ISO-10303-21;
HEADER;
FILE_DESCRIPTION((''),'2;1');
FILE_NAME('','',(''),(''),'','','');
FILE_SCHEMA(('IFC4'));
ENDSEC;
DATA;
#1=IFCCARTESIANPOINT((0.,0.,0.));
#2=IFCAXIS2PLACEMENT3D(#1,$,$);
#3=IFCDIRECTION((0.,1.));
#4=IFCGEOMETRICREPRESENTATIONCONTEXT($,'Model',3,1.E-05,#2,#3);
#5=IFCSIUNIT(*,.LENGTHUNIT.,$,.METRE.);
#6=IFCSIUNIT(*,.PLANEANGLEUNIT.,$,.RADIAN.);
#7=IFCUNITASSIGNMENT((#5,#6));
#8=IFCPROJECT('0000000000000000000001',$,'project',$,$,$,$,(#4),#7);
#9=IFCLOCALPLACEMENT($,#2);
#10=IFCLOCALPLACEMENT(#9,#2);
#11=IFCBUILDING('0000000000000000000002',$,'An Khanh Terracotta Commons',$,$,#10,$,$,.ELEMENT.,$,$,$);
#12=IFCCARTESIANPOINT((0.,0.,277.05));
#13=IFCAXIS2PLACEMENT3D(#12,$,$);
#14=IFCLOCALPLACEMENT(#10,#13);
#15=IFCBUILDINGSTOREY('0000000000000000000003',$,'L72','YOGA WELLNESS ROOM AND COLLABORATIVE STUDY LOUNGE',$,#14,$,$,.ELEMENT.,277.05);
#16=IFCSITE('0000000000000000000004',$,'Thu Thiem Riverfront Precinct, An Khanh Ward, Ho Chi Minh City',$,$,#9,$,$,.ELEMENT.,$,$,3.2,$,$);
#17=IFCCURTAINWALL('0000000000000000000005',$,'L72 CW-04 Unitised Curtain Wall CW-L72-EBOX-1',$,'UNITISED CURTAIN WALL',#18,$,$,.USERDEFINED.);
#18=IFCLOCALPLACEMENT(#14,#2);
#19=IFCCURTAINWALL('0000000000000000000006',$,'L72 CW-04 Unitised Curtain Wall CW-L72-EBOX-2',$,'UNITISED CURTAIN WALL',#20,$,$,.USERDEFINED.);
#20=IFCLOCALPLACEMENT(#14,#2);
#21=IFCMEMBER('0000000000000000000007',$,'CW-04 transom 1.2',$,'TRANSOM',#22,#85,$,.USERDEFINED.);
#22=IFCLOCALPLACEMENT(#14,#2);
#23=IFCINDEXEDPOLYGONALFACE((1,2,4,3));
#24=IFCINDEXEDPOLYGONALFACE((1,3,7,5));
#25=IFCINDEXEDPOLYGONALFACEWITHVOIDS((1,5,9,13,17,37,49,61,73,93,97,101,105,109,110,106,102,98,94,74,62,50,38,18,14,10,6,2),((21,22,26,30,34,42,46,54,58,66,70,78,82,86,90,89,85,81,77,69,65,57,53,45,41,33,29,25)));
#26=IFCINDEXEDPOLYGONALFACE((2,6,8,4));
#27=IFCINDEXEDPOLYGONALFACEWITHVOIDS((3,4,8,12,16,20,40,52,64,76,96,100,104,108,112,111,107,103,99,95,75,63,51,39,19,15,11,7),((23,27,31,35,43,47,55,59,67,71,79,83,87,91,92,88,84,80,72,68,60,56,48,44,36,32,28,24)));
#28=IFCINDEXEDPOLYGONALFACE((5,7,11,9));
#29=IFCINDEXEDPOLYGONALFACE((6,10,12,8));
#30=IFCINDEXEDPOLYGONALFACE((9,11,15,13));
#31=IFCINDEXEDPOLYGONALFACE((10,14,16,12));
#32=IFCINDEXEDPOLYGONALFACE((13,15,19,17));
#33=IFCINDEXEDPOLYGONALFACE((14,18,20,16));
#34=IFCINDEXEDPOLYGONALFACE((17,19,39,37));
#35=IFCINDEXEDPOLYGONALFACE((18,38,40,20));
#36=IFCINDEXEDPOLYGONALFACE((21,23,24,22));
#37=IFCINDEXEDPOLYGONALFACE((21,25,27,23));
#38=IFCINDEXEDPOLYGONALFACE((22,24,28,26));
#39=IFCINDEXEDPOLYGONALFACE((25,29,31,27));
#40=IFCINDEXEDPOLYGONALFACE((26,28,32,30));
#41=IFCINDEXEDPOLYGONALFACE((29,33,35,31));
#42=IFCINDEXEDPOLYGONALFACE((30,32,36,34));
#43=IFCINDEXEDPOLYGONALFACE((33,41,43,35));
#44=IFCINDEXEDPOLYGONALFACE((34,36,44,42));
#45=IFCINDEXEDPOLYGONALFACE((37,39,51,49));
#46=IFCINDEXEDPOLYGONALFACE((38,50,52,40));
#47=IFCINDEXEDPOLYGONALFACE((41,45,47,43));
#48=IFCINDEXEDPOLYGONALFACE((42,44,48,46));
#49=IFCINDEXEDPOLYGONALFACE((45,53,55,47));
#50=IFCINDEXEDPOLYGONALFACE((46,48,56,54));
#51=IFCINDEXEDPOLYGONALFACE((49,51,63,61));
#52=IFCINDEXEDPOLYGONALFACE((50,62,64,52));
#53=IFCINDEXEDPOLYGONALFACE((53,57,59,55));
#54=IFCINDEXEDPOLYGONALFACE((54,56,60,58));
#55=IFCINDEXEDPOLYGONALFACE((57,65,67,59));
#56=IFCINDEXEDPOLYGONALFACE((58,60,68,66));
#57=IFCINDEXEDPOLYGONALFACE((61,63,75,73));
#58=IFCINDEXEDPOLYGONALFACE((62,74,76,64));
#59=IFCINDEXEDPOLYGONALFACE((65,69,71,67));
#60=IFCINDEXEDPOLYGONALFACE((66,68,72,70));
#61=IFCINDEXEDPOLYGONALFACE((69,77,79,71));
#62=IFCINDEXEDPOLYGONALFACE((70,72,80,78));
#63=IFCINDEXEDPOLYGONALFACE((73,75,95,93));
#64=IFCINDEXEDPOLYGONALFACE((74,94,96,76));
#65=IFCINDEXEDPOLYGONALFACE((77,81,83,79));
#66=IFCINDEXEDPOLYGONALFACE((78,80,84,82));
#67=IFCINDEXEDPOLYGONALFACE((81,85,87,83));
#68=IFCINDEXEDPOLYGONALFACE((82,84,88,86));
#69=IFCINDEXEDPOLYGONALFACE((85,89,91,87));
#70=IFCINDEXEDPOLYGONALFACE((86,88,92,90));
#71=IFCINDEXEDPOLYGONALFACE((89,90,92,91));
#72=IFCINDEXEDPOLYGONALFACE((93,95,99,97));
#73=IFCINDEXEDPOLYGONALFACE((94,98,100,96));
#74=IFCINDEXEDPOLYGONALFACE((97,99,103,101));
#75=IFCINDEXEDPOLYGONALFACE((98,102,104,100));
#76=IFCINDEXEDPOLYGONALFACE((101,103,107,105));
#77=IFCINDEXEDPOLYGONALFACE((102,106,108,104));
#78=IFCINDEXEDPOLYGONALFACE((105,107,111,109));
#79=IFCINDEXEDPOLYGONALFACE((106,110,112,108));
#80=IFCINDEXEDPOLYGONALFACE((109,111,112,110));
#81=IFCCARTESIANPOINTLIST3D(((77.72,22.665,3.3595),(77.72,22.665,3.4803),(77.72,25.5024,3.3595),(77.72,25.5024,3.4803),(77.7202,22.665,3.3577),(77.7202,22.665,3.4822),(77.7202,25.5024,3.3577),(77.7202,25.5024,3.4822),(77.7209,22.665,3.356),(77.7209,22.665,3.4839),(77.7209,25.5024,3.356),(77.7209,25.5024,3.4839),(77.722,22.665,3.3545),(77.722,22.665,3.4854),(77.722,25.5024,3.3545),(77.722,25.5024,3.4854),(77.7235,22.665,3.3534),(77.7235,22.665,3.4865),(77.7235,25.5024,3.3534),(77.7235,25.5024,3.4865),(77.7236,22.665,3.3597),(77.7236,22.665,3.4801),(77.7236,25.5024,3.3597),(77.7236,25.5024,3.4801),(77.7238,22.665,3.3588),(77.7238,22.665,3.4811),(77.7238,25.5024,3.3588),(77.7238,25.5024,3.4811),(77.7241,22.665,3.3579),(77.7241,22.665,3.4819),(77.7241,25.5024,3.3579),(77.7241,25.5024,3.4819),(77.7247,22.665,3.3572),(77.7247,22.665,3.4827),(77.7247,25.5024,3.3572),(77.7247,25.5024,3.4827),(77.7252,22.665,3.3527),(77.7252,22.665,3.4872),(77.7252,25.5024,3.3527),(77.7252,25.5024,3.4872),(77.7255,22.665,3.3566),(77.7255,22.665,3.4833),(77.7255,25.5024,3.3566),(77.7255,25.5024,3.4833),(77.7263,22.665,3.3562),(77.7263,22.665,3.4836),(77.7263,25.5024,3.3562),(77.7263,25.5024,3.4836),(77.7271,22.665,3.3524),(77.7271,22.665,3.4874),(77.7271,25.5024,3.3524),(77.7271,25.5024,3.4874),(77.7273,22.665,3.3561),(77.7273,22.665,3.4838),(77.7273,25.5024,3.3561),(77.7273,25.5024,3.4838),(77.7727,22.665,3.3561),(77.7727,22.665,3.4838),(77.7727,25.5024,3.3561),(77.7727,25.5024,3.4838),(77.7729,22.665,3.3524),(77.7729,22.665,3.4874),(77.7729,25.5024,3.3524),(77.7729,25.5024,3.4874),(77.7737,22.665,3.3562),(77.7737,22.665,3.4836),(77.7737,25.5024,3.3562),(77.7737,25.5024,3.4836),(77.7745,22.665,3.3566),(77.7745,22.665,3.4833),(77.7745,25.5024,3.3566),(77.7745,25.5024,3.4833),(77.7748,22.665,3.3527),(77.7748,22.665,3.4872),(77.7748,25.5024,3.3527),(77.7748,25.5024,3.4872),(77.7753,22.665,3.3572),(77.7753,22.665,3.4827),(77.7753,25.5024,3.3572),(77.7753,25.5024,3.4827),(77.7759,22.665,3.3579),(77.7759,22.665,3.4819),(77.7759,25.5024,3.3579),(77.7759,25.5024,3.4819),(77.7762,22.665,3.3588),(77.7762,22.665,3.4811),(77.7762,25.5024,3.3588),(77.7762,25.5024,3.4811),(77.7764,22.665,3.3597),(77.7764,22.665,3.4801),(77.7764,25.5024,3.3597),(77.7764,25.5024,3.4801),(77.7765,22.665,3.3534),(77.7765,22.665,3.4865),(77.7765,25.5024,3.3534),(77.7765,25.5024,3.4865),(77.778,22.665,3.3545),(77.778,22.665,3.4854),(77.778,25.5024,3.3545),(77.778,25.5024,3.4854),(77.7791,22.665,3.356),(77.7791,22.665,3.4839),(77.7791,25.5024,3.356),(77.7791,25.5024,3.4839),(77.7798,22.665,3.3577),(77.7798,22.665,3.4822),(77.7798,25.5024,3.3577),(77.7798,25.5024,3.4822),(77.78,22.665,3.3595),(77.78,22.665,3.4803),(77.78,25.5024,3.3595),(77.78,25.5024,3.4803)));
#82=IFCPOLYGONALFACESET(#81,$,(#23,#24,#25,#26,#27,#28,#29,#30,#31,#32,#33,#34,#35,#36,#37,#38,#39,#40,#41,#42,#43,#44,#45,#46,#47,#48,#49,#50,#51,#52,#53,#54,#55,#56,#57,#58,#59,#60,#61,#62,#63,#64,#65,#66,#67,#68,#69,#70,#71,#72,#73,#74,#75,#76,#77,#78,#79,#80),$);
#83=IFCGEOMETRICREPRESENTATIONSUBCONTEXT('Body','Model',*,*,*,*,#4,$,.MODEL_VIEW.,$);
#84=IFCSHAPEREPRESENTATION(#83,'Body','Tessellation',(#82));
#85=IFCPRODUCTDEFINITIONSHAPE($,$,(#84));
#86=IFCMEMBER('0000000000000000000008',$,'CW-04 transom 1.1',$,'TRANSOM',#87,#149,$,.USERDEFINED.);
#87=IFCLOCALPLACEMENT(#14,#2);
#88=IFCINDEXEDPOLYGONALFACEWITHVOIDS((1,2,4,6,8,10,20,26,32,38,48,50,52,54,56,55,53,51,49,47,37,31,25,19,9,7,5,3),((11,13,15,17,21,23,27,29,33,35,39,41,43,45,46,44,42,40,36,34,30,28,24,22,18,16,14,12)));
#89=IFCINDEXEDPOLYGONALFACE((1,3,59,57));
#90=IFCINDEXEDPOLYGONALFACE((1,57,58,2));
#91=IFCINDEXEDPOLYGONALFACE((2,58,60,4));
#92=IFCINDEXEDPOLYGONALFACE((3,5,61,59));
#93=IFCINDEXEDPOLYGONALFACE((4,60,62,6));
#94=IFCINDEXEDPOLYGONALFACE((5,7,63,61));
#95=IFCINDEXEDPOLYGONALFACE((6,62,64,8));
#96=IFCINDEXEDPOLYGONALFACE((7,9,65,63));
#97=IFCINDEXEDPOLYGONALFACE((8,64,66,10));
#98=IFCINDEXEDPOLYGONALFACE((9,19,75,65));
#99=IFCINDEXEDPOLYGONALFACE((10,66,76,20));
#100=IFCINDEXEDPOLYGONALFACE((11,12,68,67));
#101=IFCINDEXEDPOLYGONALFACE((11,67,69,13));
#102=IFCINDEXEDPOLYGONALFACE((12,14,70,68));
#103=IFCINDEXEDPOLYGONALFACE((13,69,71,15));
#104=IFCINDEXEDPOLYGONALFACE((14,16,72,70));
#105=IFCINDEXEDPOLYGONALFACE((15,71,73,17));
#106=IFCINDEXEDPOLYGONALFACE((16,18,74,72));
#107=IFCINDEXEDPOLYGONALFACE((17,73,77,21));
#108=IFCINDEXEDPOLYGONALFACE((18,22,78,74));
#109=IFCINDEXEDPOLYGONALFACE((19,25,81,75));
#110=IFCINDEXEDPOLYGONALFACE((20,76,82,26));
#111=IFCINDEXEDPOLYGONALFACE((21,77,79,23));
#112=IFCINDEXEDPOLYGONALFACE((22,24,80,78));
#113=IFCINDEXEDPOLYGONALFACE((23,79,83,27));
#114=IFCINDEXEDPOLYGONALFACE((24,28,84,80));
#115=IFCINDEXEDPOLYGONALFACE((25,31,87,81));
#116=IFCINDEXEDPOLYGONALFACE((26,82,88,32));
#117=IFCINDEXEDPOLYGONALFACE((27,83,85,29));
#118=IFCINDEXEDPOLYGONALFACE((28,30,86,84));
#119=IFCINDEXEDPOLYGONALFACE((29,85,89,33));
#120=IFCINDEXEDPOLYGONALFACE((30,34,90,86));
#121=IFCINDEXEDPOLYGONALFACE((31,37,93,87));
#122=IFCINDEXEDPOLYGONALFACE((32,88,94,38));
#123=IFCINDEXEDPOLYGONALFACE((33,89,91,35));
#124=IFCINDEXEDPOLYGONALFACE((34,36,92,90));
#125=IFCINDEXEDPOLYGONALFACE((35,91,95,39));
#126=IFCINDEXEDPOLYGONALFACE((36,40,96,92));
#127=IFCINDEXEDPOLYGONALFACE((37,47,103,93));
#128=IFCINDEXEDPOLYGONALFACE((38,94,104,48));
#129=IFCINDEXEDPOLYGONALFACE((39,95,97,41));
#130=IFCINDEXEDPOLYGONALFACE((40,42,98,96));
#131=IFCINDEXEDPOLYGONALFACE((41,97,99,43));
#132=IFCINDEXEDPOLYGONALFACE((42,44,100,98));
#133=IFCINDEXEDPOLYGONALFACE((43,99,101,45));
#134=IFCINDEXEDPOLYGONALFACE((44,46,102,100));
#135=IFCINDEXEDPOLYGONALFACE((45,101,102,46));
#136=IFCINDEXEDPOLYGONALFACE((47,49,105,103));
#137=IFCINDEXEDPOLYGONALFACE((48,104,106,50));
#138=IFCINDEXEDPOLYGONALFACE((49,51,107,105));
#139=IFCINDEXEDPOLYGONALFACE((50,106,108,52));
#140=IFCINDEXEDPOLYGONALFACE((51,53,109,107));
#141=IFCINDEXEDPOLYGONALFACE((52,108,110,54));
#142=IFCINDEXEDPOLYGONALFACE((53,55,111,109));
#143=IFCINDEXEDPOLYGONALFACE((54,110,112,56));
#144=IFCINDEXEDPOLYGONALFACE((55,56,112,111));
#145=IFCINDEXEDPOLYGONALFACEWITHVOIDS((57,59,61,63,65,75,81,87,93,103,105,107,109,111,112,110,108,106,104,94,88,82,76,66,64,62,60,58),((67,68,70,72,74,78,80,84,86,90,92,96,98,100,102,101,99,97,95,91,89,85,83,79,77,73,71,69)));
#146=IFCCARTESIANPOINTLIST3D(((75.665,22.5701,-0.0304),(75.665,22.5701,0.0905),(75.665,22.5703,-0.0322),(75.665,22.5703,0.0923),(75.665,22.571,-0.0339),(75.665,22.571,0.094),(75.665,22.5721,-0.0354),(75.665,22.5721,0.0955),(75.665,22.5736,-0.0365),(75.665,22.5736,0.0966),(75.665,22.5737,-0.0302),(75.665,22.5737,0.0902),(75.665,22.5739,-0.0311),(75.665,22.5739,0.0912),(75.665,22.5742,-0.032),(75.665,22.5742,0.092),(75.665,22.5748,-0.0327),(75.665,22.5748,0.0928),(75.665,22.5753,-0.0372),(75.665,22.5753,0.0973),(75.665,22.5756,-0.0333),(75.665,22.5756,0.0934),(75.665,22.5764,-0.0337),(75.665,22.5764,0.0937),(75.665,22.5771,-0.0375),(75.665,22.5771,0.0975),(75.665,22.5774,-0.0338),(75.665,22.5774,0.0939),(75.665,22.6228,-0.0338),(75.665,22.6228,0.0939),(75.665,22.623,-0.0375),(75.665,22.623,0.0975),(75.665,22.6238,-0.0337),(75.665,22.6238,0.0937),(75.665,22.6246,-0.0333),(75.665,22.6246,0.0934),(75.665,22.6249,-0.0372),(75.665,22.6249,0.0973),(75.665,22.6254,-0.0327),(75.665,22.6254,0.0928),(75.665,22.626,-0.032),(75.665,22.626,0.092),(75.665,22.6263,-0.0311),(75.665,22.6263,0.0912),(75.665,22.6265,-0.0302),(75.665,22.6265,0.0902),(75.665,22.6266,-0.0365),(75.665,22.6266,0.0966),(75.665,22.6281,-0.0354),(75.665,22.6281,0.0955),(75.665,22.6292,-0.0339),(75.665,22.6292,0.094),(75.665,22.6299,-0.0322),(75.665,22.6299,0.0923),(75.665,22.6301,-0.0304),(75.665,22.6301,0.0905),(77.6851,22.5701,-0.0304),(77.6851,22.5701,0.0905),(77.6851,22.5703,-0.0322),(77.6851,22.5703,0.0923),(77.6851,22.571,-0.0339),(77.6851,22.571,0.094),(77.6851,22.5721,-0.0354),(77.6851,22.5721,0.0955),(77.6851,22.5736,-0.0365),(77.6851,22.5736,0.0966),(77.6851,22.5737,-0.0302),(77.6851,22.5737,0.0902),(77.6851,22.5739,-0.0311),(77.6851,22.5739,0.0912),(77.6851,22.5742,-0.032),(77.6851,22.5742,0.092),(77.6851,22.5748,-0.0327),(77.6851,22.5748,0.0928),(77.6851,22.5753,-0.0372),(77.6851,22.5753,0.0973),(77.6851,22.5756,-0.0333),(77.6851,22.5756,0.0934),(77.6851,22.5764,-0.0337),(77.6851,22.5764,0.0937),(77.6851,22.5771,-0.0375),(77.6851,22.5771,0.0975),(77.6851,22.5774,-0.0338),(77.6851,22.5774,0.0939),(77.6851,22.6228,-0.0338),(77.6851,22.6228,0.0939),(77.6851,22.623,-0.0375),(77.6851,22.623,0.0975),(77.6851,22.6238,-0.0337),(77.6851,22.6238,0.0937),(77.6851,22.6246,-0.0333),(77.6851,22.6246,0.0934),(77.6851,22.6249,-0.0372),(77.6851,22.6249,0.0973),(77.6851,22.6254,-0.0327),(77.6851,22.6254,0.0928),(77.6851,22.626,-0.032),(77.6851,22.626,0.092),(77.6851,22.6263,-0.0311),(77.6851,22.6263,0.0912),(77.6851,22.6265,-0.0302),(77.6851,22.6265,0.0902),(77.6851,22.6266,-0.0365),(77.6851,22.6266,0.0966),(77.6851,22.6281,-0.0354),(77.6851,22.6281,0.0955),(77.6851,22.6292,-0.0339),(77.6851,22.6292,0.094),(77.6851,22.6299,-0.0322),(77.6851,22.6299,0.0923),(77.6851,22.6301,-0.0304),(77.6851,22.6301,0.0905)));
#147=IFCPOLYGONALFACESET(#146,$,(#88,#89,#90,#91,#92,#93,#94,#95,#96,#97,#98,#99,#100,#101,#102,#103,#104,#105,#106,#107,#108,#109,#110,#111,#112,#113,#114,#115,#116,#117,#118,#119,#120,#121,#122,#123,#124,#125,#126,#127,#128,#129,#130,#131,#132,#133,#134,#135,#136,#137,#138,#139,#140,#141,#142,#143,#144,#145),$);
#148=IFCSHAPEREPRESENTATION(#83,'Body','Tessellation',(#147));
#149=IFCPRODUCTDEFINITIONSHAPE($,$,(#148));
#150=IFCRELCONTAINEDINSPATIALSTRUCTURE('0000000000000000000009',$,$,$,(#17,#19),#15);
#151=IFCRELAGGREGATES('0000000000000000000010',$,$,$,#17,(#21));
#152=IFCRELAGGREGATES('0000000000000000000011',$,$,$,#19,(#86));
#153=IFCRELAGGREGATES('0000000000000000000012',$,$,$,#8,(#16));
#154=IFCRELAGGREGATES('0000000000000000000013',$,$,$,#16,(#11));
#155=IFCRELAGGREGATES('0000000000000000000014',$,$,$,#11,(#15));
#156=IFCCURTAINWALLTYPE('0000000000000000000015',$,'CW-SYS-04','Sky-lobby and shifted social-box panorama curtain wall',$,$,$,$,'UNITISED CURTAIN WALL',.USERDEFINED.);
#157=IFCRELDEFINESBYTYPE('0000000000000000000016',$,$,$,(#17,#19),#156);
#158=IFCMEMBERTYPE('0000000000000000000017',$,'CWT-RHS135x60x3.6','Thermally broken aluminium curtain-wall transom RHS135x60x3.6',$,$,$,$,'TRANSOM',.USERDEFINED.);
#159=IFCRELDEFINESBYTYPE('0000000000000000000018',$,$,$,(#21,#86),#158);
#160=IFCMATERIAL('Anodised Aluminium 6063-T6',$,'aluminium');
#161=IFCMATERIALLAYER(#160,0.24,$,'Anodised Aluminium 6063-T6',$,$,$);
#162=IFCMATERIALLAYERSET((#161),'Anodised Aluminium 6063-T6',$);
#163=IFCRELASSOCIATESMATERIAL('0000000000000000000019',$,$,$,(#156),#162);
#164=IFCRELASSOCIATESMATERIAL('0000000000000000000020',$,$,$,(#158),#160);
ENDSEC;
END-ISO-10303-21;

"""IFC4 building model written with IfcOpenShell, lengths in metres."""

from ifc_helpers import new_model, si_unit, direction, frame, origin, origin_2d, place, context, subcontext, project, spatial, hollow_rectangle, extrude, material, layer, layer_set, material_profile, profile_set, type_object, element, aggregate, save


model = new_model("IFC4")

# Units and contexts
model_context = context("Model", 3, precision=1e-05, world=origin(), true_north=direction((0.0, 1.0)))
body_context = subcontext(model_context, "Body", "Model", "MODEL_VIEW")
ifc_project = project(units=[si_unit("LENGTHUNIT", "METRE"), si_unit("PLANEANGLEUNIT", "RADIAN")], contexts=[model_context])

# Site, building, storey
site_placement = place(None, origin())
site = spatial("IfcSite", under=ifc_project, at=site_placement, Name="Thu Thiem Riverfront Precinct, An Khanh Ward, Ho Chi Minh City", CompositionType="ELEMENT", RefElevation=3.2)
building_placement = place(site_placement, origin())
building = spatial("IfcBuilding", under=site, at=building_placement, Name="An Khanh Terracotta Commons", CompositionType="ELEMENT")
storey_placement = place(building_placement, frame((0.0, 0.0, 277.05)))
storey = spatial("IfcBuildingStorey", under=building, at=storey_placement, Name="L72", Description="YOGA WELLNESS ROOM AND COLLABORATIVE STUDY LOUNGE", CompositionType="ELEMENT", Elevation=277.05)

# Curtain wall
ifc_material_1 = material(Name="Anodised Aluminium 6063-T6", Category="aluminium")
ifc_layer_1 = layer(ifc_material_1, 0.24, Name="Anodised Aluminium 6063-T6")
ifc_layer_set_1 = layer_set([ifc_layer_1], Name="Anodised Aluminium 6063-T6")
curtain_wall_type_1 = type_object("IfcCurtainWallType", Name="CW-SYS-04", Description="Sky-lobby and shifted social-box panorama curtain wall", ElementType="UNITISED CURTAIN WALL", PredefinedType="USERDEFINED", material=ifc_layer_set_1)
curtain_wall_1_placement = place(storey_placement, origin())
curtain_wall_1 = element("IfcCurtainWall", 1, at=curtain_wall_1_placement, inside=storey, type_object=curtain_wall_type_1, Name="L72 CW-04 Unitised Curtain Wall CW-L72-EBOX-1", ObjectType="UNITISED CURTAIN WALL", PredefinedType="USERDEFINED")

# Curtain wall
curtain_wall_2_placement = place(storey_placement, origin())
curtain_wall_2 = element("IfcCurtainWall", 2, at=curtain_wall_2_placement, inside=storey, type_object=curtain_wall_type_1, Name="L72 CW-04 Unitised Curtain Wall CW-L72-EBOX-2", ObjectType="UNITISED CURTAIN WALL", PredefinedType="USERDEFINED")

# Members
ifc_material_profile_1 = material_profile(ifc_material_1, hollow_rectangle(XDim=0.0601, YDim=0.135, WallThickness=0.0037, InnerFilletRadius=0.0037, OuterFilletRadius=0.0071, at=origin_2d()), Name="RHS135x60x3.6")
ifc_profile_set_1 = profile_set([ifc_material_profile_1], Name="Anodised Aluminium 6063-T6")
member_type_1 = type_object("IfcMemberType", Name="CWT-RHS135x60x3.6", Description="Thermally broken aluminium curtain-wall transom RHS135x60x3.6", ElementType="TRANSOM", PredefinedType="USERDEFINED", material=ifc_profile_set_1)
member_1_placement = place(storey_placement, frame((77.75, 22.665, 3.4199), z_axis=(0.0, 1.0, 0.0), x_axis=(-1.0, 0.0, 0.0)))
member_1 = element("IfcMember", 3, at=member_1_placement, type_object=member_type_1, Name="CW-04 transom 1.2", ObjectType="TRANSOM", PredefinedType="USERDEFINED", context=body_context, shape_type="SweptSolid", body=[
    extrude(hollow_rectangle(XDim=0.0601, YDim=0.135, WallThickness=0.0037, InnerFilletRadius=0.0037, OuterFilletRadius=0.0071, at=origin_2d()), origin(), (0.0, 0.0, 1.0), 2.8374),
])
member_2_placement = place(storey_placement, frame((75.665, 22.6001, 0.03), z_axis=(1.0, 0.0, 0.0), x_axis=(0.0, 1.0, 0.0)))
member_2 = element("IfcMember", 4, at=member_2_placement, type_object=member_type_1, Name="CW-04 transom 1.1", ObjectType="TRANSOM", PredefinedType="USERDEFINED", context=body_context, shape_type="SweptSolid", body=[
    extrude(hollow_rectangle(XDim=0.0601, YDim=0.135, WallThickness=0.0037, InnerFilletRadius=0.0037, OuterFilletRadius=0.0071, at=origin_2d()), origin(), (0.0, 0.0, 1.0), 2.02),
])

aggregate(curtain_wall_1, [member_1])
aggregate(curtain_wall_2, [member_2])

save(model, "model.ifc")
